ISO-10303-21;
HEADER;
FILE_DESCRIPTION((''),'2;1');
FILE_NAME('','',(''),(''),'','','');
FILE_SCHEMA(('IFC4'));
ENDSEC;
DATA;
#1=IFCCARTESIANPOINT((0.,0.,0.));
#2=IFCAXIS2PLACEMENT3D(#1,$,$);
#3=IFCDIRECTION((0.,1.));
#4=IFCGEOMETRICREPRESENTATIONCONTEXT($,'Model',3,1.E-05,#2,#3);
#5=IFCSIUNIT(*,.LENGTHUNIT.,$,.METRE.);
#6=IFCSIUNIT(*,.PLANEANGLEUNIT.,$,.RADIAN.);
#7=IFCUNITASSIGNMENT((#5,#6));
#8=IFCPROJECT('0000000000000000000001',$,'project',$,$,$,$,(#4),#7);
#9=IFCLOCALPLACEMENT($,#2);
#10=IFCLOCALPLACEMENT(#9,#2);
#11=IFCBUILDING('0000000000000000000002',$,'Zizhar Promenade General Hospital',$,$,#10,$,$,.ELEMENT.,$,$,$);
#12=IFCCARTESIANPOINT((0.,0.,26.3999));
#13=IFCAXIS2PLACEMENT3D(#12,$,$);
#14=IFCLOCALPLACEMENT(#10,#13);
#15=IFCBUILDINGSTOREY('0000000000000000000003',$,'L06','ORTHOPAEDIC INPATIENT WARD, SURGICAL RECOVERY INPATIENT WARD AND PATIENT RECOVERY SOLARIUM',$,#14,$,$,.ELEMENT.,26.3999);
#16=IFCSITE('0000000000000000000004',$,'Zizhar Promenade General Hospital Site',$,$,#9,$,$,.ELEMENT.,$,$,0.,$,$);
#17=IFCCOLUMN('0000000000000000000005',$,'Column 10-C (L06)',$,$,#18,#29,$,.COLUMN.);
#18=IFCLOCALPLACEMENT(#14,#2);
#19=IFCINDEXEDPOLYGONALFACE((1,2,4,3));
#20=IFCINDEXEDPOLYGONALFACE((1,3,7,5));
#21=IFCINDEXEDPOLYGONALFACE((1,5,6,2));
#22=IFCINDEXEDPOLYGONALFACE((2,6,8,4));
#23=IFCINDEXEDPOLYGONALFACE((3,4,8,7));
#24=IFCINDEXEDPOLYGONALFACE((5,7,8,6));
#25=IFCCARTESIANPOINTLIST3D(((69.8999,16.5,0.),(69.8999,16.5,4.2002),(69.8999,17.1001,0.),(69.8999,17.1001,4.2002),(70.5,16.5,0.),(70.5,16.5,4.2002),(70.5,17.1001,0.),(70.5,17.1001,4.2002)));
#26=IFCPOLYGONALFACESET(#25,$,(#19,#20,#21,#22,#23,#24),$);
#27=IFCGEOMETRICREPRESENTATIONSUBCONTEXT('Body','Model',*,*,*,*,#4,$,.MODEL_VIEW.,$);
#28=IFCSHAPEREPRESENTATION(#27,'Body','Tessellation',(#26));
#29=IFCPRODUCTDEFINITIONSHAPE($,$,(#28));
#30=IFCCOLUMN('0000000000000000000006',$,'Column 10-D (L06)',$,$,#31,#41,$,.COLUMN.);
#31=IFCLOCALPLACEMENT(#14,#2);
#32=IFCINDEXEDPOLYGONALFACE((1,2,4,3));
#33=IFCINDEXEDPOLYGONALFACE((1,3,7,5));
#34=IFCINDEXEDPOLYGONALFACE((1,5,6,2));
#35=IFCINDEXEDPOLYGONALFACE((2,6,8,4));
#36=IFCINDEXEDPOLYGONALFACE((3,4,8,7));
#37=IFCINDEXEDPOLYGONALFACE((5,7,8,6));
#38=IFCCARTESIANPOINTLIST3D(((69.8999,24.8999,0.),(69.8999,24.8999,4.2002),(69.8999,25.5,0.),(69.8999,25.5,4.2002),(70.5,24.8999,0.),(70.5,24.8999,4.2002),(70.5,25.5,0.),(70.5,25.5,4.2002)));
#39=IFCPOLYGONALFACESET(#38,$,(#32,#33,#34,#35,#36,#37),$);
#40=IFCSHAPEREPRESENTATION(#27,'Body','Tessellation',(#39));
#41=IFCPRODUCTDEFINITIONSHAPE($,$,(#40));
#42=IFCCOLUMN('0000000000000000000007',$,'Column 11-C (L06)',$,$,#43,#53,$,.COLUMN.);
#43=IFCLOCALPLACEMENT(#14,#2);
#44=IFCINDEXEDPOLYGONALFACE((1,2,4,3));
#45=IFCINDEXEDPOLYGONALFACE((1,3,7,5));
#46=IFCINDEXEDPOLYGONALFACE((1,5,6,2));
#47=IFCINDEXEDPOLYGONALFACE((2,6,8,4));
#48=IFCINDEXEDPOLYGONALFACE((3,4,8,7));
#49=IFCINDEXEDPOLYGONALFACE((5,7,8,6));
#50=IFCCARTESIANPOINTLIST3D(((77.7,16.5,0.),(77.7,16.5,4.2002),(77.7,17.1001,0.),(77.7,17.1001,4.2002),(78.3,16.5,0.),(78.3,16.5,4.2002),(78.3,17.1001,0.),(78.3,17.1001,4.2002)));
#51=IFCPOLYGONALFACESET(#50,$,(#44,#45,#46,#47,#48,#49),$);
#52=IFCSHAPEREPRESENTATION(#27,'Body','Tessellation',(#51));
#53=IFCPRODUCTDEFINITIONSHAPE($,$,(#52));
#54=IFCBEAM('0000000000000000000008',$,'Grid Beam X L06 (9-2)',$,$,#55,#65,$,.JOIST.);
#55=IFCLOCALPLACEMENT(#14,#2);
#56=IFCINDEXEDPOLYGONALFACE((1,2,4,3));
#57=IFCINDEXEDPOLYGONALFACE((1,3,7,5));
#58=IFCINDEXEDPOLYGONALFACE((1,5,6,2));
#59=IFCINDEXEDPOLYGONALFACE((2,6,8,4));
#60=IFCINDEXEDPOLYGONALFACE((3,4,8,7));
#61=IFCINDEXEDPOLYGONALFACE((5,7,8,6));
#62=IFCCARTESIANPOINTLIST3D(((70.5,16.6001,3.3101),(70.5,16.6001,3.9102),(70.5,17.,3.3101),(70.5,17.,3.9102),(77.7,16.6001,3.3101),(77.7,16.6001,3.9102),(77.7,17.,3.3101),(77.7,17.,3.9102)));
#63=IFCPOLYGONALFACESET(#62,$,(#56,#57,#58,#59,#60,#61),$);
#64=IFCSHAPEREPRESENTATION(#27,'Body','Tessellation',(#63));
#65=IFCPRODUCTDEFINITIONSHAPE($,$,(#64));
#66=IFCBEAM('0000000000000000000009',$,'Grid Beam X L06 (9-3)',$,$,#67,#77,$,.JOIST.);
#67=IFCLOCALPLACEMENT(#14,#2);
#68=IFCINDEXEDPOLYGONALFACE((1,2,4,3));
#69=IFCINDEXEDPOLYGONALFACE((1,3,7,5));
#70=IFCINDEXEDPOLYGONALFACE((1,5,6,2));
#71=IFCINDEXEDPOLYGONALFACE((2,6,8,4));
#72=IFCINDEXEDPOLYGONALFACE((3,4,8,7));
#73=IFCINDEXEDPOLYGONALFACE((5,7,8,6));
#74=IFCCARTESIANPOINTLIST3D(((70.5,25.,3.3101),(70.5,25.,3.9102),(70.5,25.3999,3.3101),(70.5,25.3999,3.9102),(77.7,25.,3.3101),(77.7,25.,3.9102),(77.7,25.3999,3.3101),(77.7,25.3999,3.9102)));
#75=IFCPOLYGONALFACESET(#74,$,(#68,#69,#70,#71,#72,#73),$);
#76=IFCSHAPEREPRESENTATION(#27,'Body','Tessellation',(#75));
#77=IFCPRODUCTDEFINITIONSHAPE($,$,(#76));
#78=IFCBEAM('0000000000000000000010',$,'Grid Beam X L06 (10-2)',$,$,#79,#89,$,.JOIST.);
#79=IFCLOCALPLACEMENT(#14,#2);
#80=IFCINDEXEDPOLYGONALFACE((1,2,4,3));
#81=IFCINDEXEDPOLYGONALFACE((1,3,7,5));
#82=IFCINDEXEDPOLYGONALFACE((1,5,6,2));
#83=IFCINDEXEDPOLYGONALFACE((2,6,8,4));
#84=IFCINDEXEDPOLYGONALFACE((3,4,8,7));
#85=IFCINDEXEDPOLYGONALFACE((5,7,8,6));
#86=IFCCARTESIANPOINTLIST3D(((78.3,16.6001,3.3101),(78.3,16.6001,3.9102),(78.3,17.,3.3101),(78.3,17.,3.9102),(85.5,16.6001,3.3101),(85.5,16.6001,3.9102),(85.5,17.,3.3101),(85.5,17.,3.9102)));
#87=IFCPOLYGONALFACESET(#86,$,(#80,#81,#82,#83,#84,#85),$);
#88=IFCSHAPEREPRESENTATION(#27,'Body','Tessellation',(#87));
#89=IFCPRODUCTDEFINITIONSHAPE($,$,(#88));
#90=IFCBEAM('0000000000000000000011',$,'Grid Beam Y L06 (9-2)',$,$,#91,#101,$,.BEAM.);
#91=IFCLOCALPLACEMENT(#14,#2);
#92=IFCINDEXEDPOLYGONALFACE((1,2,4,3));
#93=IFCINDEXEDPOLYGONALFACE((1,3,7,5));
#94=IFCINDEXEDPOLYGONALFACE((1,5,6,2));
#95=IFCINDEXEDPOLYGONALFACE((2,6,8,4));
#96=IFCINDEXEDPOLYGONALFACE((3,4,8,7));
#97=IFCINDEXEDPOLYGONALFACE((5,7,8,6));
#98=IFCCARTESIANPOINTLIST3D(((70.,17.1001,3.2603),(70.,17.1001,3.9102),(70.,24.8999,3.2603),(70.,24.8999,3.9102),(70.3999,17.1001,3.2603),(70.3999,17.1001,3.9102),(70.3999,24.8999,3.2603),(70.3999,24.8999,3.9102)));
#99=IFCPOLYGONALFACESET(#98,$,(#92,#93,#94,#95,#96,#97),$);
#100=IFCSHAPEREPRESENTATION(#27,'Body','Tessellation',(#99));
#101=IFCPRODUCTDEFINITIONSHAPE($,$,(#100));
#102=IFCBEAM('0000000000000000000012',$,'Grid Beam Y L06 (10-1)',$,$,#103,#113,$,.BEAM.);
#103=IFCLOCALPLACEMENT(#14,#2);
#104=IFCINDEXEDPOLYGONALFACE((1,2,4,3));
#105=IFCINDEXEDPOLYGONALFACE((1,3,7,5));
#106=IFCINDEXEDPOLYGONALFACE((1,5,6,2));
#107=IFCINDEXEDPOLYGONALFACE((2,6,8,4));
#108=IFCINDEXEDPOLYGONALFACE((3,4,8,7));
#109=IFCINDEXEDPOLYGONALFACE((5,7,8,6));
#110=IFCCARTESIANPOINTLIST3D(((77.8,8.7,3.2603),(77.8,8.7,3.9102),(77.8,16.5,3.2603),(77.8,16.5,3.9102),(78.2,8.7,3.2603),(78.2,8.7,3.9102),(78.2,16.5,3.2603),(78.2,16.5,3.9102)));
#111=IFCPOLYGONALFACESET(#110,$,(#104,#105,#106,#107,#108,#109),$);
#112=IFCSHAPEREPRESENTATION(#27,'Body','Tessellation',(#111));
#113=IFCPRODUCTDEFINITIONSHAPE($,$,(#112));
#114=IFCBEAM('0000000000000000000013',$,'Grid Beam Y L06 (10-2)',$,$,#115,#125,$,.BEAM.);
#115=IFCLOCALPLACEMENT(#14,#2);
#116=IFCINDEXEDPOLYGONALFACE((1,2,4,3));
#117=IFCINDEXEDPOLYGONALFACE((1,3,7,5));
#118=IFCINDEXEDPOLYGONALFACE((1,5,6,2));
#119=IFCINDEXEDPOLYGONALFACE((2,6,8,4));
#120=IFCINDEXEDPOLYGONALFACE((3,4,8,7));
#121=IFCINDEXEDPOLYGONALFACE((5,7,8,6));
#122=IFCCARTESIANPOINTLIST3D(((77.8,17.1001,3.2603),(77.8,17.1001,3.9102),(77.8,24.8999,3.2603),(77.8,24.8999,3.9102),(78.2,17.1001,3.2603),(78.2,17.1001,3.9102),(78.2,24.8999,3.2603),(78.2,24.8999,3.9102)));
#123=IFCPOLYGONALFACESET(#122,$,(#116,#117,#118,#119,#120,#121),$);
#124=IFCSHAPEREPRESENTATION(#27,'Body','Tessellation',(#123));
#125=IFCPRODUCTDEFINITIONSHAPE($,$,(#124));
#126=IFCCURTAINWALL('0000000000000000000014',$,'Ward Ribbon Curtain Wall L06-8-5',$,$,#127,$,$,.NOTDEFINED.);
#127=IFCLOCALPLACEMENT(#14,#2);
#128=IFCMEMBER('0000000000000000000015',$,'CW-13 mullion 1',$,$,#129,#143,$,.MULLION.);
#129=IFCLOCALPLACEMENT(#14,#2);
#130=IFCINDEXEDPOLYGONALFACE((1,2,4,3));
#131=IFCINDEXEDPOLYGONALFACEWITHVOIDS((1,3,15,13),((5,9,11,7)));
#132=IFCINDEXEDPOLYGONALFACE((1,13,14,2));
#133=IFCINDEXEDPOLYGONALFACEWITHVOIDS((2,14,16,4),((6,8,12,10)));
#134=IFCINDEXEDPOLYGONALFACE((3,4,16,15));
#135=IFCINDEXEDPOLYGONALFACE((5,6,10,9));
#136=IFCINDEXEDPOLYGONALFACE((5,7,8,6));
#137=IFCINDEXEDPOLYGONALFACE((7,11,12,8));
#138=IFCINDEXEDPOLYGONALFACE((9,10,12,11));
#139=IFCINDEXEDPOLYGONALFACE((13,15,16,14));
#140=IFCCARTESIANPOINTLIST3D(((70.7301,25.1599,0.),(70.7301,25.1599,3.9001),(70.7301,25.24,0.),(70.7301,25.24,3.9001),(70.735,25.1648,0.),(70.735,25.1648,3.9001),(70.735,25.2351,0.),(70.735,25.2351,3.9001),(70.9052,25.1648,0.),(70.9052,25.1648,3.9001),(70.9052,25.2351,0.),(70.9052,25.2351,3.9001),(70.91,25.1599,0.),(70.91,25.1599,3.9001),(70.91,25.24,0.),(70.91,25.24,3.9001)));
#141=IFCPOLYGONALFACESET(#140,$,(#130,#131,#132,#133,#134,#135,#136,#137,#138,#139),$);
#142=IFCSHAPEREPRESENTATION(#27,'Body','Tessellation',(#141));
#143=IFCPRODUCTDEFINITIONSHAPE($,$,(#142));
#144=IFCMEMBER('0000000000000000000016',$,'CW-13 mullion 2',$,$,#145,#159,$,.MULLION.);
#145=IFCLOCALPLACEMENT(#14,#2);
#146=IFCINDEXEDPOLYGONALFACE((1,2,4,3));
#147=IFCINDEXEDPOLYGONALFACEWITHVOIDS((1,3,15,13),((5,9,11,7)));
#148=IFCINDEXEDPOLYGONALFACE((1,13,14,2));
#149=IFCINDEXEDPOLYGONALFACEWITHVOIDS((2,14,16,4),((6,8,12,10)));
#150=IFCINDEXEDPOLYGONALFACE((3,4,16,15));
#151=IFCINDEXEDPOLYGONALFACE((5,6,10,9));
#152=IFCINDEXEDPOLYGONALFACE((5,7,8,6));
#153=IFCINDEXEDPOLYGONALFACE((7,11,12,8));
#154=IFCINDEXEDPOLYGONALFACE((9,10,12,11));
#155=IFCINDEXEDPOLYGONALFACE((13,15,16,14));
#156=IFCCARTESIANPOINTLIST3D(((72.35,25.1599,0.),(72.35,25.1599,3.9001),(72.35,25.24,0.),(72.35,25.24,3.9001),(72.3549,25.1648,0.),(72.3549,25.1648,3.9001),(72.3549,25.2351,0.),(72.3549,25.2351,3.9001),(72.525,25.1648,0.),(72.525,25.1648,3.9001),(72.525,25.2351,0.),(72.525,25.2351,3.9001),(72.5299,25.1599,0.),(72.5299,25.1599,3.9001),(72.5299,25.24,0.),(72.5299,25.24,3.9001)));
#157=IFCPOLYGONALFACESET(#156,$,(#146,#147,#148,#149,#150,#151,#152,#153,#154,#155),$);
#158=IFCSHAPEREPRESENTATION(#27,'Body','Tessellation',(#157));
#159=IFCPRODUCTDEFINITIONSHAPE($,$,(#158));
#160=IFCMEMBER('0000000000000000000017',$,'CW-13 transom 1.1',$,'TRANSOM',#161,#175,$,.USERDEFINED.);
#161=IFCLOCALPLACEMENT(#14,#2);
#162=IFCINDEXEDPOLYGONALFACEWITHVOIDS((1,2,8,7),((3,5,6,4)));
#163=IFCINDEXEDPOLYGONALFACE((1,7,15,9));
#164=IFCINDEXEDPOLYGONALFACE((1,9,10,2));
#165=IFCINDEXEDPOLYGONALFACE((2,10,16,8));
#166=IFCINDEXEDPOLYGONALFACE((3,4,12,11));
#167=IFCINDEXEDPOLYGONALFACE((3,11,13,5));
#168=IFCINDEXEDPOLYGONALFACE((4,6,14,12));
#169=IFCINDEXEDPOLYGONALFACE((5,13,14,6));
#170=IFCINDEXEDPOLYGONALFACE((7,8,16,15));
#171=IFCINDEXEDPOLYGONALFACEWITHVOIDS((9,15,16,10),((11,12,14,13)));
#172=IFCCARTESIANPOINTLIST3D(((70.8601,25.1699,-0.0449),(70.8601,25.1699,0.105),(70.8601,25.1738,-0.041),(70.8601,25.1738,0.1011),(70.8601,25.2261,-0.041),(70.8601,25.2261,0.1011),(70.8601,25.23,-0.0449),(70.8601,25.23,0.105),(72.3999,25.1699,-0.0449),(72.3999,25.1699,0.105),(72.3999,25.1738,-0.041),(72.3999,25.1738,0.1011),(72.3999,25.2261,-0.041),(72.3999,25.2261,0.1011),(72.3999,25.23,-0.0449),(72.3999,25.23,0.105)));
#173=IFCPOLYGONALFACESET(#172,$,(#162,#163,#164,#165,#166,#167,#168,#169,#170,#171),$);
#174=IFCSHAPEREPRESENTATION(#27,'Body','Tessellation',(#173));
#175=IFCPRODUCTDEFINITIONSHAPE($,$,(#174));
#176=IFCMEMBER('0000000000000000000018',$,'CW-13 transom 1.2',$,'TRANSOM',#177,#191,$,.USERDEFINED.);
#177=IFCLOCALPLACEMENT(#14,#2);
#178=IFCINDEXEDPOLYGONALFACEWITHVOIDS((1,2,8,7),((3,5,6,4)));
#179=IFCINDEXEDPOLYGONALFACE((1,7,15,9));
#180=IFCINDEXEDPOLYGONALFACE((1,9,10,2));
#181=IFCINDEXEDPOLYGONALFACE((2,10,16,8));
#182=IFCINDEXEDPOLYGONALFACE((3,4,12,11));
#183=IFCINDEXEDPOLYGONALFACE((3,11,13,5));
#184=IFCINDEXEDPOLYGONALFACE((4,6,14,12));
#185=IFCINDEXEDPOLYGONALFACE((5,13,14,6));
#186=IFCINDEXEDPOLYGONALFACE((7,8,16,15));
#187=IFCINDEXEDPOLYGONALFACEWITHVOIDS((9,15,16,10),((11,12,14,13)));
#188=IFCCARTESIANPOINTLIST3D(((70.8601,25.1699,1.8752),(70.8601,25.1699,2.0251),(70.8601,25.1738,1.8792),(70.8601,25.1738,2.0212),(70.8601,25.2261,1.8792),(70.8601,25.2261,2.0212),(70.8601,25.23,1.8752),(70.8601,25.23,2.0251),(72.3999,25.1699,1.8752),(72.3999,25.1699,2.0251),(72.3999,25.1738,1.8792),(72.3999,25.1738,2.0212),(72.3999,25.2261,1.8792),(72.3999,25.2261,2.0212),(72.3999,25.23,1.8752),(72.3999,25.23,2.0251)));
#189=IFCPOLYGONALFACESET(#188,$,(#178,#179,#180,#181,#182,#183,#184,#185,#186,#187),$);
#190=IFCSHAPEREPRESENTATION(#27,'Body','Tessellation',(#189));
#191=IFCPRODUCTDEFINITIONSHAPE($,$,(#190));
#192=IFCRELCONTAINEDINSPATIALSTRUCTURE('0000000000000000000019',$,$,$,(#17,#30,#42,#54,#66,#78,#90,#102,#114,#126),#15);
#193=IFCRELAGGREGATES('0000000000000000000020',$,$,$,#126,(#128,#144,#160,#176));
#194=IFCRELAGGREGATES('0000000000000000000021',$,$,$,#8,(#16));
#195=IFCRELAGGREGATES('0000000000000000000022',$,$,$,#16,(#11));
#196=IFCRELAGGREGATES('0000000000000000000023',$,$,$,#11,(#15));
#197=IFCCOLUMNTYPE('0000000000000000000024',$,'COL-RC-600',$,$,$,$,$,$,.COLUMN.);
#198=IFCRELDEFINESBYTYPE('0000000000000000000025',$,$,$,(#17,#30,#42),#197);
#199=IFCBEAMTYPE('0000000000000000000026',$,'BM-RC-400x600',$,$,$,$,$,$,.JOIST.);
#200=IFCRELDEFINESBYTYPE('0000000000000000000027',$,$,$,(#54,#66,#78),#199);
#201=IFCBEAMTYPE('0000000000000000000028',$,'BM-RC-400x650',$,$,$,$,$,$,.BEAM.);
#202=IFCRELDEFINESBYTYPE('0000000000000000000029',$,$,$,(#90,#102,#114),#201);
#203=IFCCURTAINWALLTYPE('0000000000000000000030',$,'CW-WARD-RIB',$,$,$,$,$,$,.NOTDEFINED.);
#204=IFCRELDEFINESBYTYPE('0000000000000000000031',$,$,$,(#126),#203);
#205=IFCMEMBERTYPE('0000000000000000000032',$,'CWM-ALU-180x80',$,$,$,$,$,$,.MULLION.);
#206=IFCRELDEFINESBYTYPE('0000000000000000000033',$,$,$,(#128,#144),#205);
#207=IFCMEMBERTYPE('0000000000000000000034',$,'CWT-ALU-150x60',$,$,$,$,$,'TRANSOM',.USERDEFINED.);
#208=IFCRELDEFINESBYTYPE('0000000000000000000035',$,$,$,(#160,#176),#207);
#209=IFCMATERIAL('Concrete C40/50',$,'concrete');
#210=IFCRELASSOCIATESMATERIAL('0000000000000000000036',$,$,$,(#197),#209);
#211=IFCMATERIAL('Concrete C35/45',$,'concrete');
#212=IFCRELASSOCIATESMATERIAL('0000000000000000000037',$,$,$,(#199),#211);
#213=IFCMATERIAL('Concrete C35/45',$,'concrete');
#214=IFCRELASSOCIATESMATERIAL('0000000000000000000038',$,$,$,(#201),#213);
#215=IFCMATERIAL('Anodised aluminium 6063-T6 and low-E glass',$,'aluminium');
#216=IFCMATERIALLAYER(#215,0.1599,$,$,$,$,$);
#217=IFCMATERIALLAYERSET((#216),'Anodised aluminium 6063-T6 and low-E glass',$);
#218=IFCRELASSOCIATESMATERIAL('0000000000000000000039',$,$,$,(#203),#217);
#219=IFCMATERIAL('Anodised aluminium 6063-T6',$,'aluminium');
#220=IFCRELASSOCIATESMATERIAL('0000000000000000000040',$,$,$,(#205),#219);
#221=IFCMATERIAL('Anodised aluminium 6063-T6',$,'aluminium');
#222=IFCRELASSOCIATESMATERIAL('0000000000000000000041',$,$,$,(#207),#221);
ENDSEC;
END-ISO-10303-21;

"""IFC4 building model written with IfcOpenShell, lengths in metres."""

from ifc_helpers import new_model, si_unit, direction, frame, origin, origin_2d, place, context, subcontext, project, spatial, rectangle, hollow_rectangle, extrude, material, layer, layer_set, material_profile, profile_set, type_object, element, aggregate, save


model = new_model("IFC4")

# Units and contexts
model_context = context("Model", 3, precision=1e-05, world=origin(), true_north=direction((0.0, 1.0)))
body_context = subcontext(model_context, "Body", "Model", "MODEL_VIEW")
ifc_project = project(units=[si_unit("LENGTHUNIT", "METRE"), si_unit("PLANEANGLEUNIT", "RADIAN")], contexts=[model_context])

# Site, building, storey
site_placement = place(None, origin())
site = spatial("IfcSite", under=ifc_project, at=site_placement, Name="Zizhar Promenade General Hospital Site", CompositionType="ELEMENT", RefElevation=0.0)
building_placement = place(site_placement, origin())
building = spatial("IfcBuilding", under=site, at=building_placement, Name="Zizhar Promenade General Hospital", CompositionType="ELEMENT")
storey_placement = place(building_placement, frame((0.0, 0.0, 26.3999)))
storey = spatial("IfcBuildingStorey", under=building, at=storey_placement, Name="L06", Description="ORTHOPAEDIC INPATIENT WARD, SURGICAL RECOVERY INPATIENT WARD AND PATIENT RECOVERY SOLARIUM", CompositionType="ELEMENT", Elevation=26.3999)

# Columns
ifc_material_1 = material(Name="Concrete C40/50", Category="concrete")
ifc_material_profile_1 = material_profile(ifc_material_1, rectangle(XDim=0.6001, YDim=0.6001, at=origin_2d()))
ifc_profile_set_1 = profile_set([ifc_material_profile_1], Name="Concrete C40/50")
column_type = type_object("IfcColumnType", Name="COL-RC-600", PredefinedType="COLUMN", material=ifc_profile_set_1)
for number, where, z_axis, x_axis, name in (
    (1, (70.2, 16.8, 0.0), (0.0, 0.0, 1.0), (1.0, 0.0, 0.0), "Column 10-C (L06)"),
    (2, (70.2, 25.2, 0.0), (0.0, 0.0, 1.0), (1.0, 0.0, 0.0), "Column 10-D (L06)"),
    (3, (78.0, 16.8, 0.0), (0.0, 0.0, 1.0), (1.0, 0.0, 0.0), "Column 11-C (L06)"),
):
    element("IfcColumn", number, at=place(storey_placement, frame(where, z_axis=z_axis, x_axis=x_axis)), inside=storey, type_object=column_type, Name=name, PredefinedType="COLUMN", context=body_context, shape_type="SweptSolid", body=[
        extrude(rectangle(XDim=0.6001, YDim=0.6001, at=origin_2d()), origin(), (0.0, 0.0, 1.0), 4.2002),
    ])

# Beams
ifc_material_2 = material(Name="Concrete C35/45", Category="concrete")
ifc_material_profile_2 = material_profile(ifc_material_2, rectangle(XDim=0.3999, YDim=0.6001, at=origin_2d()))
ifc_profile_set_2 = profile_set([ifc_material_profile_2], Name="Concrete C35/45")
beam_type_1 = type_object("IfcBeamType", Name="BM-RC-400x600", PredefinedType="JOIST", material=ifc_profile_set_2)
for number, where, z_axis, x_axis, name in (
    (4, (70.5, 16.8, 3.6101), (1.0, 0.0, 0.0), (0.0, 1.0, 0.0), "Grid Beam X L06 (9-2)"),
    (5, (70.5, 25.2, 3.6101), (1.0, 0.0, 0.0), (0.0, 1.0, 0.0), "Grid Beam X L06 (9-3)"),
    (6, (78.3, 16.8, 3.6101), (1.0, 0.0, 0.0), (0.0, 1.0, 0.0), "Grid Beam X L06 (10-2)"),
):
    element("IfcBeam", number, at=place(storey_placement, frame(where, z_axis=z_axis, x_axis=x_axis)), inside=storey, type_object=beam_type_1, Name=name, PredefinedType="JOIST", context=body_context, shape_type="SweptSolid", body=[
        extrude(rectangle(XDim=0.3999, YDim=0.6001, at=origin_2d()), origin(), (0.0, 0.0, 1.0), 7.2),
    ])
ifc_material_3 = material(Name="Concrete C35/45", Category="concrete")
ifc_material_profile_3 = material_profile(ifc_material_3, rectangle(XDim=0.3999, YDim=0.6499, at=origin_2d()))
ifc_profile_set_3 = profile_set([ifc_material_profile_3], Name="Concrete C35/45")
beam_type_2 = type_object("IfcBeamType", Name="BM-RC-400x650", PredefinedType="BEAM", material=ifc_profile_set_3)
beam_1_placement = place(storey_placement, frame((70.2, 17.1001, 3.5852), z_axis=(0.0, 1.0, 0.0), x_axis=(-1.0, 0.0, 0.0)))
element("IfcBeam", 7, at=beam_1_placement, inside=storey, type_object=beam_type_2, Name="Grid Beam Y L06 (9-2)", PredefinedType="BEAM", context=body_context, shape_type="SweptSolid", body=[
    extrude(rectangle(XDim=0.3999, YDim=0.6499, at=origin_2d()), origin(), (0.0, 0.0, 1.0), 7.7998),
])
beam_2_placement = place(storey_placement, frame((78.0, 8.7, 3.5852), z_axis=(0.0, 1.0, 0.0), x_axis=(-1.0, 0.0, 0.0)))
element("IfcBeam", 8, at=beam_2_placement, inside=storey, type_object=beam_type_2, Name="Grid Beam Y L06 (10-1)", PredefinedType="BEAM", context=body_context, shape_type="SweptSolid", body=[
    extrude(rectangle(XDim=0.3999, YDim=0.6499, at=origin_2d()), origin(), (0.0, 0.0, 1.0), 7.8),
])
beam_3_placement = place(storey_placement, frame((78.0, 17.1001, 3.5852), z_axis=(0.0, 1.0, 0.0), x_axis=(-1.0, 0.0, 0.0)))
element("IfcBeam", 9, at=beam_3_placement, inside=storey, type_object=beam_type_2, Name="Grid Beam Y L06 (10-2)", PredefinedType="BEAM", context=body_context, shape_type="SweptSolid", body=[
    extrude(rectangle(XDim=0.3999, YDim=0.6499, at=origin_2d()), origin(), (0.0, 0.0, 1.0), 7.7998),
])

# Curtain wall, members
ifc_material_4 = material(Name="Anodised aluminium 6063-T6 and low-E glass", Category="aluminium")
ifc_layer_1 = layer(ifc_material_4, 0.1599)
ifc_layer_set_1 = layer_set([ifc_layer_1], Name="Anodised aluminium 6063-T6 and low-E glass")
curtain_wall_type = type_object("IfcCurtainWallType", Name="CW-WARD-RIB", PredefinedType="NOTDEFINED", material=ifc_layer_set_1)
curtain_wall_placement = place(storey_placement, origin())
curtain_wall = element("IfcCurtainWall", 10, at=curtain_wall_placement, inside=storey, type_object=curtain_wall_type, Name="Ward Ribbon Curtain Wall L06-8-5", PredefinedType="NOTDEFINED")
ifc_material_5 = material(Name="Anodised aluminium 6063-T6", Category="aluminium")
ifc_material_profile_4 = material_profile(ifc_material_5, hollow_rectangle(XDim=0.0801, YDim=0.1799, WallThickness=0.0049, at=origin_2d()))
ifc_profile_set_4 = profile_set([ifc_material_profile_4], Name="Anodised aluminium 6063-T6")
member_type_1 = type_object("IfcMemberType", Name="CWM-ALU-180x80", PredefinedType="MULLION", material=ifc_profile_set_4)
member_1_placement = place(storey_placement, frame((70.8201, 25.2, 0.0), z_axis=(0.0, 0.0, 1.0), x_axis=(0.0, 1.0, 0.0)))
member_1 = element("IfcMember", 11, at=member_1_placement, type_object=member_type_1, Name="CW-13 mullion 1", PredefinedType="MULLION", context=body_context, shape_type="SweptSolid", body=[
    extrude(hollow_rectangle(XDim=0.0801, YDim=0.1799, WallThickness=0.0049, at=origin_2d()), origin(), (0.0, 0.0, 1.0), 3.9001),
])
member_2_placement = place(storey_placement, frame((72.4399, 25.2, 0.0), z_axis=(0.0, 0.0, 1.0), x_axis=(0.0, 1.0, 0.0)))
member_2 = element("IfcMember", 12, at=member_2_placement, type_object=member_type_1, Name="CW-13 mullion 2", PredefinedType="MULLION", context=body_context, shape_type="SweptSolid", body=[
    extrude(hollow_rectangle(XDim=0.0801, YDim=0.1799, WallThickness=0.0049, at=origin_2d()), origin(), (0.0, 0.0, 1.0), 3.9001),
])
ifc_material_6 = material(Name="Anodised aluminium 6063-T6", Category="aluminium")
ifc_material_profile_5 = material_profile(ifc_material_6, hollow_rectangle(XDim=0.0601, YDim=0.1499, WallThickness=0.0039, at=origin_2d()))
ifc_profile_set_5 = profile_set([ifc_material_profile_5], Name="Anodised aluminium 6063-T6")
member_type_2 = type_object("IfcMemberType", Name="CWT-ALU-150x60", ElementType="TRANSOM", PredefinedType="USERDEFINED", material=ifc_profile_set_5)
member_3_placement = place(storey_placement, frame((70.8601, 25.2, 0.03), z_axis=(1.0, 0.0, 0.0), x_axis=(0.0, 1.0, 0.0)))
member_3 = element("IfcMember", 13, at=member_3_placement, type_object=member_type_2, Name="CW-13 transom 1.1", ObjectType="TRANSOM", PredefinedType="USERDEFINED", context=body_context, shape_type="SweptSolid", body=[
    extrude(hollow_rectangle(XDim=0.0601, YDim=0.1499, WallThickness=0.0039, at=origin_2d()), origin(), (0.0, 0.0, 1.0), 1.5398),
])
member_4_placement = place(storey_placement, frame((70.8601, 25.2, 1.9502), z_axis=(1.0, 0.0, 0.0), x_axis=(0.0, 1.0, 0.0)))
member_4 = element("IfcMember", 14, at=member_4_placement, type_object=member_type_2, Name="CW-13 transom 1.2", ObjectType="TRANSOM", PredefinedType="USERDEFINED", context=body_context, shape_type="SweptSolid", body=[
    extrude(hollow_rectangle(XDim=0.0601, YDim=0.1499, WallThickness=0.0039, at=origin_2d()), origin(), (0.0, 0.0, 1.0), 1.5398),
])
aggregate(curtain_wall, [member_1, member_2, member_3, member_4])

save(model, "model.ifc")
